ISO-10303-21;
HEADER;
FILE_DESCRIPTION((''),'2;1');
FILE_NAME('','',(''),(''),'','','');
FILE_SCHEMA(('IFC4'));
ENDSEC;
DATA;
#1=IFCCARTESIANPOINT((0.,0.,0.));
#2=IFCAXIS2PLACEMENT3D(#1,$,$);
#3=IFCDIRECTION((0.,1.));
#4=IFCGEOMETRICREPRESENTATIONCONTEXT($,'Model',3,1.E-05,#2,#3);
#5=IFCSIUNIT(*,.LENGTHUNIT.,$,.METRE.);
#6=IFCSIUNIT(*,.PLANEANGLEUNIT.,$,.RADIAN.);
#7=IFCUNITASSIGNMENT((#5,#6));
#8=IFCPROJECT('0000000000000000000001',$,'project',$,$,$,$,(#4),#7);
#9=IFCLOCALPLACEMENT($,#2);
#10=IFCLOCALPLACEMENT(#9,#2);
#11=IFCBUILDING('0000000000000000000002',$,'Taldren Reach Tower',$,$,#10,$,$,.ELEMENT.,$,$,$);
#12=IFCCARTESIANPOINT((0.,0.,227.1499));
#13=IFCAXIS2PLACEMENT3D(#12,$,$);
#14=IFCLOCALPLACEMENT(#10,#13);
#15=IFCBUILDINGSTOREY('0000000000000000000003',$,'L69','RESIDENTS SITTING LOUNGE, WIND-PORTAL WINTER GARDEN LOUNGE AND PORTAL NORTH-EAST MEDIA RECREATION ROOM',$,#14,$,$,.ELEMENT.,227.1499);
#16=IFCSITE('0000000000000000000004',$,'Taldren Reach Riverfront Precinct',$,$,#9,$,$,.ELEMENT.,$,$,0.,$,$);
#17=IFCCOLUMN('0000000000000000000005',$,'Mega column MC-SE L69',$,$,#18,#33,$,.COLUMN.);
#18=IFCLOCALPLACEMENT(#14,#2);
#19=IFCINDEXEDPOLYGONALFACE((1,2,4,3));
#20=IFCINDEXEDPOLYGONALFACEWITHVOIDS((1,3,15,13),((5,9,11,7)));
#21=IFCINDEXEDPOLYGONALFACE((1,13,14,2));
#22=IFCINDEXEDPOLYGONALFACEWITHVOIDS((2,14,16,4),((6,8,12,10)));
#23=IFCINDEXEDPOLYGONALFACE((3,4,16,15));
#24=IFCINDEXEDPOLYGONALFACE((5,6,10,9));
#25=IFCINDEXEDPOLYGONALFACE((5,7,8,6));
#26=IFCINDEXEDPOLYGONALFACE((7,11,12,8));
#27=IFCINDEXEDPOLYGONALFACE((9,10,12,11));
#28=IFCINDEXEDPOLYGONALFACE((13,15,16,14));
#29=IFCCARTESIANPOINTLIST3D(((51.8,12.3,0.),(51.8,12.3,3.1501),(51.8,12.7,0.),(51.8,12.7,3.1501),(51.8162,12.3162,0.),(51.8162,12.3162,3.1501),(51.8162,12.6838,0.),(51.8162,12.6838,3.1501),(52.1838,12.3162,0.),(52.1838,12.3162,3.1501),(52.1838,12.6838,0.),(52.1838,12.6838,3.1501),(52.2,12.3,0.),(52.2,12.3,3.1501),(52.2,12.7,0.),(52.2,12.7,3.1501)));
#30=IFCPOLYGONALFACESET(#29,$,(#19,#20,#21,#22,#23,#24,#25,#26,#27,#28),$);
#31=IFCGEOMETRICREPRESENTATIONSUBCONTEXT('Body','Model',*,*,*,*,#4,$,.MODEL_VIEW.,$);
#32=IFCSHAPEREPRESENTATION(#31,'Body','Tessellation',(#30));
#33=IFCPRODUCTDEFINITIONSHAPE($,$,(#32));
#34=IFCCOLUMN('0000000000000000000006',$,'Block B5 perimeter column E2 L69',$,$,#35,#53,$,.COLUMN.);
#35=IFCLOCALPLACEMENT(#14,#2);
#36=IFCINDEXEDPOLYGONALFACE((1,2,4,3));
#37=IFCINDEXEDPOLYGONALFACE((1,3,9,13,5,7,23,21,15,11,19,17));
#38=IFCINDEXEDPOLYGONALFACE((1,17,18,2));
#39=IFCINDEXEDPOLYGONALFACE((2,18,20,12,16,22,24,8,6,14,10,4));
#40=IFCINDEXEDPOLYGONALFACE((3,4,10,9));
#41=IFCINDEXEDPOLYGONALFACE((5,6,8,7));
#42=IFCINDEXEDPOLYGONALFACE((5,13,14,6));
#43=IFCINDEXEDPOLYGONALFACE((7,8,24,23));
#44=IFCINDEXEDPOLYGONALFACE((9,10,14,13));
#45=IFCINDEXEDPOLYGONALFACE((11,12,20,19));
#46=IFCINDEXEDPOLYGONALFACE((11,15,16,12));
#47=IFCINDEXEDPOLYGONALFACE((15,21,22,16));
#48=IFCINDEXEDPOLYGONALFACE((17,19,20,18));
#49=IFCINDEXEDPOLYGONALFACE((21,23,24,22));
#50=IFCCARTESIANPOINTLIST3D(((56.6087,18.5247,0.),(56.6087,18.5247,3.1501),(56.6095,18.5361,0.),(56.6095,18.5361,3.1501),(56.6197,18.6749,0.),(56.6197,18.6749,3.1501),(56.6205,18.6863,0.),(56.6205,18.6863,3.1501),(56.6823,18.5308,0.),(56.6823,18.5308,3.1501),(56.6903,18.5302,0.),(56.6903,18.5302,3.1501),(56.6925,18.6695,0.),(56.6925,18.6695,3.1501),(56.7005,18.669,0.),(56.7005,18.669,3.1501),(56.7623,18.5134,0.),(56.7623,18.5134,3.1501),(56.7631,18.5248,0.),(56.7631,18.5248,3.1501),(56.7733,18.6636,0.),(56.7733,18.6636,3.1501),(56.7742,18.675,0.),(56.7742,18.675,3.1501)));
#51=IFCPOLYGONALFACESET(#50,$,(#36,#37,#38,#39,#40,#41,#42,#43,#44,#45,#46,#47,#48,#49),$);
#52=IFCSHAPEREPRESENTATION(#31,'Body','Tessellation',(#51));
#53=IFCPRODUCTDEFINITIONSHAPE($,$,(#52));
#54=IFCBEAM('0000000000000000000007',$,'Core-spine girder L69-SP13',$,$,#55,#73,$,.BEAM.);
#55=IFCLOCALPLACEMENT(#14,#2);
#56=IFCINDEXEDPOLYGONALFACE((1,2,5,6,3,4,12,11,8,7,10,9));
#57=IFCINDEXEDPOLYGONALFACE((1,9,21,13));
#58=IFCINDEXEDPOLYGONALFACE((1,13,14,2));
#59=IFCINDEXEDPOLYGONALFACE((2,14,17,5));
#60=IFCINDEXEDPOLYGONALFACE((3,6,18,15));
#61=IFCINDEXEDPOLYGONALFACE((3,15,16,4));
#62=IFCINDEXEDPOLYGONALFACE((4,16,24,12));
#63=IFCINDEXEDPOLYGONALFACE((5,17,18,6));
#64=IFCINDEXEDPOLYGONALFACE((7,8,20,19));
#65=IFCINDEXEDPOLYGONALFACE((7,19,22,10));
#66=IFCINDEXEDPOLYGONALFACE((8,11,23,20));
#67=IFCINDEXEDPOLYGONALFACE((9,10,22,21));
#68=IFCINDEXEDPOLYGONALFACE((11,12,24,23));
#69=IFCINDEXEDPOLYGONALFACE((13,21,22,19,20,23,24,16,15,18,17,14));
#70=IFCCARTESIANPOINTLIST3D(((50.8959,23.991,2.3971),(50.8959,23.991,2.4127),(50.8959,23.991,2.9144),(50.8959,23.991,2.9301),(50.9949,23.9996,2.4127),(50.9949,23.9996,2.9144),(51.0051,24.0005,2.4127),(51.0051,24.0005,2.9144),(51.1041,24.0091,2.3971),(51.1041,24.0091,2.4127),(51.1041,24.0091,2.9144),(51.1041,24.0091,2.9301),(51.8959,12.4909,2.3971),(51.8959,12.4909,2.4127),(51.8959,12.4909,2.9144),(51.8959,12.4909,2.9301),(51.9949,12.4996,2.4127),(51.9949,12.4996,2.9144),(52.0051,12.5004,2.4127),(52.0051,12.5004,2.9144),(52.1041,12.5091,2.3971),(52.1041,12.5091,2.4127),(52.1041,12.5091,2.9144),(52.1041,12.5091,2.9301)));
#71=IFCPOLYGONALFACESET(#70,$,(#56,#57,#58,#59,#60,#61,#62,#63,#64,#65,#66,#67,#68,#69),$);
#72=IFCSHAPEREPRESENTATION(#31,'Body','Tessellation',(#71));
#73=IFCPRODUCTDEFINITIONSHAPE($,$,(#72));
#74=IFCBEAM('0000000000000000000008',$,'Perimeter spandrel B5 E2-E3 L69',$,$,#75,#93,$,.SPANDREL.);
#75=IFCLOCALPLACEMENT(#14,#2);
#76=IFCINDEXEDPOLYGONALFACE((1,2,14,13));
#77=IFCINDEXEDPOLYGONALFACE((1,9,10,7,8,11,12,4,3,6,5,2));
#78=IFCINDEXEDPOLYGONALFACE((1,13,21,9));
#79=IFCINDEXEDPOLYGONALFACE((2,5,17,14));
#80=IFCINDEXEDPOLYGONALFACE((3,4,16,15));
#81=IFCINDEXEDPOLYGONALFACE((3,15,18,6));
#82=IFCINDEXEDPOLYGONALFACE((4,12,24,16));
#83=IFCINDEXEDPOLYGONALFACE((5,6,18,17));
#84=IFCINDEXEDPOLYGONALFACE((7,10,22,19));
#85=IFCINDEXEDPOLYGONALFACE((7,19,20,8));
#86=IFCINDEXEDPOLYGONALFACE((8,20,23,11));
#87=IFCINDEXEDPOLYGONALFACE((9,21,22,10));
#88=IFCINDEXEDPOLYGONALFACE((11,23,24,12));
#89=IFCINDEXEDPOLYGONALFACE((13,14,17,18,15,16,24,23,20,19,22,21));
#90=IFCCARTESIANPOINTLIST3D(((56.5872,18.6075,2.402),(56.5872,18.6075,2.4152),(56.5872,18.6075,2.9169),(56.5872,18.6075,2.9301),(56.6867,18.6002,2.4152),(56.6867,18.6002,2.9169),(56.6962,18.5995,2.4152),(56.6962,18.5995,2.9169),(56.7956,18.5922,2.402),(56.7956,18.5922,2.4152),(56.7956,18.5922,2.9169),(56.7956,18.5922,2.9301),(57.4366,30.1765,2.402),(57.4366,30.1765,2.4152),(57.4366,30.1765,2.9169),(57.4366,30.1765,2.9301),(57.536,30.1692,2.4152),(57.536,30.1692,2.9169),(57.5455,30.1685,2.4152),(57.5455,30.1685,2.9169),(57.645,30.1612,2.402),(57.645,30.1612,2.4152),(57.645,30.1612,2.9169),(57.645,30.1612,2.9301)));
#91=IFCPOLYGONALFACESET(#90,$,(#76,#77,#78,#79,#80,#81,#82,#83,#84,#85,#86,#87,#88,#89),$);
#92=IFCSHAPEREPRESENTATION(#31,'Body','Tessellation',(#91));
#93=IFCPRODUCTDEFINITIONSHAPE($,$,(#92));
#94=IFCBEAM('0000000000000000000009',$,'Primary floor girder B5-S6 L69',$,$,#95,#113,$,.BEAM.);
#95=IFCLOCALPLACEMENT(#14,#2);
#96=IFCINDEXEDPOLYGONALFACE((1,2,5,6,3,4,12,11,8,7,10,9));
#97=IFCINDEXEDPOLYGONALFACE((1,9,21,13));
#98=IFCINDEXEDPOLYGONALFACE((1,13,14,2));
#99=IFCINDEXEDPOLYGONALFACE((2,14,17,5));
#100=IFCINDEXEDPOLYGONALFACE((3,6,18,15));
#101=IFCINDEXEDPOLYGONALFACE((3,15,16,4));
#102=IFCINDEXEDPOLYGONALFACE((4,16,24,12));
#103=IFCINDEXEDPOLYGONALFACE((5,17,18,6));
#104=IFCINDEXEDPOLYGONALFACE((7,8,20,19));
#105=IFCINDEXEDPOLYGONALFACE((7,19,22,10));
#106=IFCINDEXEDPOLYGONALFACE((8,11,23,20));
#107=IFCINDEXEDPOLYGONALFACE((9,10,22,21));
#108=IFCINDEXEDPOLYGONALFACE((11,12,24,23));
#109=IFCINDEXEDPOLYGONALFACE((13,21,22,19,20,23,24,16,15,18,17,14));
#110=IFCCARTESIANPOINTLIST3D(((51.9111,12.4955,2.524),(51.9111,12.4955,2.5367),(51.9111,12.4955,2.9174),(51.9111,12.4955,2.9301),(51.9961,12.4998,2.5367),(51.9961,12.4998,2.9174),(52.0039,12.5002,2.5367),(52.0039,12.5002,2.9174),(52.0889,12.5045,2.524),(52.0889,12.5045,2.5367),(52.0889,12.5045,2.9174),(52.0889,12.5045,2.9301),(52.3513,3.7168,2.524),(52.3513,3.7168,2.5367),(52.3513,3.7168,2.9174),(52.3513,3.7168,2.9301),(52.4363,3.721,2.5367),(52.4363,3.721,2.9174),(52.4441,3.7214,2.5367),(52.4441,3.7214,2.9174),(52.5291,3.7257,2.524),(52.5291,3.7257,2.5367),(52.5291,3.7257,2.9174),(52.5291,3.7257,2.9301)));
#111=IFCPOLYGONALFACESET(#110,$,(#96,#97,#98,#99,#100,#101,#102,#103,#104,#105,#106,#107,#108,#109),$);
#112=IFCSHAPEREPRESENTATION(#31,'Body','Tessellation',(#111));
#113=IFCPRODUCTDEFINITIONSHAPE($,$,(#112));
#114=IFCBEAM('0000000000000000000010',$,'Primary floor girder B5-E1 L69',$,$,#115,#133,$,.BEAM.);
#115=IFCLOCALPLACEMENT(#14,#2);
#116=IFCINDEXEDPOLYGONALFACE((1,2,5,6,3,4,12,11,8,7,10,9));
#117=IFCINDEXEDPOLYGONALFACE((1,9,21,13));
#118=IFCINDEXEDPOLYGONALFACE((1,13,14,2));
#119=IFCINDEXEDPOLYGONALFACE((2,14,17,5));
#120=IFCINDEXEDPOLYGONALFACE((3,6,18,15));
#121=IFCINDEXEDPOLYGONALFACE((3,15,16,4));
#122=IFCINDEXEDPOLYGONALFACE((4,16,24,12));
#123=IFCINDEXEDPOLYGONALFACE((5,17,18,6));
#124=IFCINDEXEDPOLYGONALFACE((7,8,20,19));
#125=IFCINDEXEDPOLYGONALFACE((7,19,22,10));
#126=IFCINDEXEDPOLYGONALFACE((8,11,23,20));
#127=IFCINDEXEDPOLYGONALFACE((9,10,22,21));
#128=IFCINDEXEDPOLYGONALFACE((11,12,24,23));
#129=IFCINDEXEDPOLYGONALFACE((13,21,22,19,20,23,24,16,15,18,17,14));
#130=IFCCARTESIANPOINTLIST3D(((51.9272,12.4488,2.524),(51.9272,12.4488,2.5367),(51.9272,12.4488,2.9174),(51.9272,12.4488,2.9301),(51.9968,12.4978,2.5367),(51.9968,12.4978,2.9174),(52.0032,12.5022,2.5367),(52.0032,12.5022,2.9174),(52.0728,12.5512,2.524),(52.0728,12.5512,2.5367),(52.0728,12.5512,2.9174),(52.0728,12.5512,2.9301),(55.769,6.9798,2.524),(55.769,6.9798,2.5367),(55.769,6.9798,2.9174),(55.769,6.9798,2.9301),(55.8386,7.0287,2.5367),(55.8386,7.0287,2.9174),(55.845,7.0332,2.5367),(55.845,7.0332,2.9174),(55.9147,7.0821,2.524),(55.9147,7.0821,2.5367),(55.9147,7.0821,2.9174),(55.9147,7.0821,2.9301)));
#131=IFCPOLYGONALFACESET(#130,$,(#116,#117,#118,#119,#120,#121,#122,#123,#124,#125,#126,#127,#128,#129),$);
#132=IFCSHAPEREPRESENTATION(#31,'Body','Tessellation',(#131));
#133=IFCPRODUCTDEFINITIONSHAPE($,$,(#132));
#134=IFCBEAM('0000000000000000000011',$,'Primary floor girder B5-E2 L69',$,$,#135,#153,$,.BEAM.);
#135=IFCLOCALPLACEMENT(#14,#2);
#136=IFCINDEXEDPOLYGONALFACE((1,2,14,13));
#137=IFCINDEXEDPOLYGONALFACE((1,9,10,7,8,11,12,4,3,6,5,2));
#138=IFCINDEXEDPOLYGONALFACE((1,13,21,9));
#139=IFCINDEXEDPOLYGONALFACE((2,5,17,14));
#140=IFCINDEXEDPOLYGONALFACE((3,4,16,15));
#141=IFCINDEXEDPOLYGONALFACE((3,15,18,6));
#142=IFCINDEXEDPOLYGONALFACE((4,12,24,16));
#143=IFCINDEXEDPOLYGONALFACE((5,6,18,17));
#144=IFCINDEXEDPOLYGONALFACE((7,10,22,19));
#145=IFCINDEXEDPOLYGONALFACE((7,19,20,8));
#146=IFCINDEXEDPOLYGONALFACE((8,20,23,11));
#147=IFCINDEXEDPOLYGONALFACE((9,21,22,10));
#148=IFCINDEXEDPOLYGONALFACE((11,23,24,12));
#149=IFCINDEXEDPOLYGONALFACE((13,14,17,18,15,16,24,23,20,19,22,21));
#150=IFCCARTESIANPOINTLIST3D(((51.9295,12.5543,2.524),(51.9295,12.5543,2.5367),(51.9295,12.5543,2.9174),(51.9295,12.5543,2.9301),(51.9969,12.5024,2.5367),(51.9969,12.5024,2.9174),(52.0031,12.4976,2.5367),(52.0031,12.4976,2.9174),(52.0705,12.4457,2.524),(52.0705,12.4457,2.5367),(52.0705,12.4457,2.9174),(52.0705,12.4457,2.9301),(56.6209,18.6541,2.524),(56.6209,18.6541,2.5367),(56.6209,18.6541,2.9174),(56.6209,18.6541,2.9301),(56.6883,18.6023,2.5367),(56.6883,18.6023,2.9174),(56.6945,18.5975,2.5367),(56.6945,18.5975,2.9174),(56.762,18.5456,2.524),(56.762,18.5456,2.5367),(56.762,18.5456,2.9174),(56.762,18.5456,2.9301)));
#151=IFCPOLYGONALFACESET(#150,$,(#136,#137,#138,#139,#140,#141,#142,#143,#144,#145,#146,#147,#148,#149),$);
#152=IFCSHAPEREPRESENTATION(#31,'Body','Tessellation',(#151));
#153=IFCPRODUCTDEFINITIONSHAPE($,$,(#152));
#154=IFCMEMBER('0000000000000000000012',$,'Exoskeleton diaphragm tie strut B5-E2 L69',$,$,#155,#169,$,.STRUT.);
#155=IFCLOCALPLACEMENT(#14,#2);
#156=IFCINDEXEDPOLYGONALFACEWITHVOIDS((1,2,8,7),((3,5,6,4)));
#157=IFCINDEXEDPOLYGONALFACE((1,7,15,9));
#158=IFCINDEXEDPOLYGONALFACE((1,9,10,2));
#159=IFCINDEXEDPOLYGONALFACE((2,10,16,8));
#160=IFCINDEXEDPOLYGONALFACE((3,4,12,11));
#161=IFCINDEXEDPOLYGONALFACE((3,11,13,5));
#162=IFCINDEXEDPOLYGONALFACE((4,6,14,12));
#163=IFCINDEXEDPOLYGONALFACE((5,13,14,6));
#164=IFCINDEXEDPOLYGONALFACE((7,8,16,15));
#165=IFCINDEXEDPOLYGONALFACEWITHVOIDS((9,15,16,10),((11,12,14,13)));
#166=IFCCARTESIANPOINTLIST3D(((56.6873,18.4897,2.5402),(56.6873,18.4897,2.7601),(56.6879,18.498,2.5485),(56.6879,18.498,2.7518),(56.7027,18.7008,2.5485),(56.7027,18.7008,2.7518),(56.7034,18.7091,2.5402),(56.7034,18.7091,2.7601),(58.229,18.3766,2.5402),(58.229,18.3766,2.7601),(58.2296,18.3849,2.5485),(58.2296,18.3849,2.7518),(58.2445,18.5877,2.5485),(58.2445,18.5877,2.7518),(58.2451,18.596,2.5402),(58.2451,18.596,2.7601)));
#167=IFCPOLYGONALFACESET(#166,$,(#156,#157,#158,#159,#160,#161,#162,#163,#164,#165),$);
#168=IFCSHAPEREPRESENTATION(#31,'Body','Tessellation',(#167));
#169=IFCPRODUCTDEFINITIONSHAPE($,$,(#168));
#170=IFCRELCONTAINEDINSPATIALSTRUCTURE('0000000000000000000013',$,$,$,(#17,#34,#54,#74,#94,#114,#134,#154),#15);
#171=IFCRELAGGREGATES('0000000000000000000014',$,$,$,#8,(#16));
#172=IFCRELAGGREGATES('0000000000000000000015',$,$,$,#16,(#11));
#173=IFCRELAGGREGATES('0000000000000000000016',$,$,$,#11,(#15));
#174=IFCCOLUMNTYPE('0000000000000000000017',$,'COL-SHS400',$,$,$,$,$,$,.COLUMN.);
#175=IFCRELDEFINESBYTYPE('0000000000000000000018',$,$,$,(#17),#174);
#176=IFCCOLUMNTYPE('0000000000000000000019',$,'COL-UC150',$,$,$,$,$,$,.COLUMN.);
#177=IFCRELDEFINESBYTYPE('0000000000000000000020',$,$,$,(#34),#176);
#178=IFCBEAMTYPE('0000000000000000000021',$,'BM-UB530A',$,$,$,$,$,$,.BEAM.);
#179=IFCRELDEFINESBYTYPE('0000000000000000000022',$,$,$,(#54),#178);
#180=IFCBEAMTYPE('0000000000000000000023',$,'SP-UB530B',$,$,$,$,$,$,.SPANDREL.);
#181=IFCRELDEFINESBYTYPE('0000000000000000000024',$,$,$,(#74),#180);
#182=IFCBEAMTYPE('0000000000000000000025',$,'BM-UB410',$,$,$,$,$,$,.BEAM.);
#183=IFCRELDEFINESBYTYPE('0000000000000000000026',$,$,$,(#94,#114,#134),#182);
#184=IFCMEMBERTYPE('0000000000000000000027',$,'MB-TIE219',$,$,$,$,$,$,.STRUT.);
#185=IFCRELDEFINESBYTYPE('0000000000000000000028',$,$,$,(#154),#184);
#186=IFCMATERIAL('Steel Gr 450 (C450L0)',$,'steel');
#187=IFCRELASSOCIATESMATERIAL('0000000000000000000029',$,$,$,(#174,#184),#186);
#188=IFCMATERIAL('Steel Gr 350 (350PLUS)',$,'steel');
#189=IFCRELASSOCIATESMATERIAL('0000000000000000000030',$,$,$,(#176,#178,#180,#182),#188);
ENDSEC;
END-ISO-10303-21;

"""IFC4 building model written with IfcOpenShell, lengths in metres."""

from ifc_helpers import new_model, si_unit, direction, frame, origin, origin_2d, place, context, subcontext, project, spatial, hollow_rectangle, i_section, extrude, source, transform, mapped, material, material_profile, profile_set, type_object, element, save


model = new_model("IFC4")

# Units and contexts
model_context = context("Model", 3, precision=1e-05, world=origin(), true_north=direction((0.0, 1.0)))
body_context = subcontext(model_context, "Body", "Model", "MODEL_VIEW")
ifc_project = project(units=[si_unit("LENGTHUNIT", "METRE"), si_unit("PLANEANGLEUNIT", "RADIAN")], contexts=[model_context])

# Site, building, storey
site_placement = place(None, origin())
site = spatial("IfcSite", under=ifc_project, at=site_placement, Name="Taldren Reach Riverfront Precinct", CompositionType="ELEMENT", RefElevation=0.0)
building_placement = place(site_placement, origin())
building = spatial("IfcBuilding", under=site, at=building_placement, Name="Taldren Reach Tower", CompositionType="ELEMENT")
storey_placement = place(building_placement, frame((0.0, 0.0, 227.1499)))
storey = spatial("IfcBuildingStorey", under=building, at=storey_placement, Name="L69", Description="RESIDENTS SITTING LOUNGE, WIND-PORTAL WINTER GARDEN LOUNGE AND PORTAL NORTH-EAST MEDIA RECREATION ROOM", CompositionType="ELEMENT", Elevation=227.1499)

# Columns
ifc_material_1 = material(Name="Steel Gr 450 (C450L0)", Category="steel")
ifc_material_profile_1 = material_profile(ifc_material_1, hollow_rectangle(XDim=0.3999, YDim=0.3999, WallThickness=0.0161, at=origin_2d()), Name="400x400x16.0SHS")
ifc_profile_set_1 = profile_set([ifc_material_profile_1], Name="Steel Gr 450 (C450L0)")
column_type_1 = type_object("IfcColumnType", Name="COL-SHS400", PredefinedType="COLUMN", material=ifc_profile_set_1)
shared_shape_1 = source(origin(), body_context, "Body", "SweptSolid", [
    extrude(hollow_rectangle(XDim=0.3999, YDim=0.3999, WallThickness=0.0161, at=origin_2d()), origin(), (0.0, 0.0, 1.0), 3.1501),
])
column_1_placement = place(storey_placement, frame((52.0, 12.5, 0.0), z_axis=(0.0, 0.0, 1.0), x_axis=(1.0, 0.0, 0.0)))
element("IfcColumn", 1, at=column_1_placement, inside=storey, type_object=column_type_1, Name="Mega column MC-SE L69", PredefinedType="COLUMN", context=body_context, shape_type="MappedRepresentation", body=[
    mapped(shared_shape_1, transform((0.0, 0.0, 0.0), scale=1.0)),
])
ifc_material_2 = material(Name="Steel Gr 350 (350PLUS)", Category="steel")
ifc_material_profile_2 = material_profile(ifc_material_2, i_section(OverallWidth=0.1541, OverallDepth=0.1621, WebThickness=0.0081, FlangeThickness=0.0115, at=origin_2d()), Name="150UC37.2")
ifc_profile_set_2 = profile_set([ifc_material_profile_2], Name="Steel Gr 350 (350PLUS)")
column_type_2 = type_object("IfcColumnType", Name="COL-UC150", PredefinedType="COLUMN", material=ifc_profile_set_2)
shared_shape_2 = source(origin(), body_context, "Body", "SweptSolid", [
    extrude(i_section(OverallWidth=0.1541, OverallDepth=0.1621, WebThickness=0.0081, FlangeThickness=0.0115, at=origin_2d()), origin(), (0.0, 0.0, 1.0), 3.1501),
])
column_2_placement = place(storey_placement, frame((56.6914, 18.5999, 0.0), z_axis=(0.0, 0.0, 1.0), x_axis=(0.997314, -0.073238, 0.0)))
element("IfcColumn", 2, at=column_2_placement, inside=storey, type_object=column_type_2, Name="Block B5 perimeter column E2 L69", PredefinedType="COLUMN", context=body_context, shape_type="MappedRepresentation", body=[
    mapped(shared_shape_2, transform((0.0, 0.0, 0.0), scale=1.0)),
])

# Beams
ifc_material_profile_3 = material_profile(ifc_material_2, i_section(OverallWidth=0.209, OverallDepth=0.533, WebThickness=0.0103, FlangeThickness=0.0156, at=origin_2d()), Name="530UB92.4")
ifc_profile_set_3 = profile_set([ifc_material_profile_3], Name="Steel Gr 350 (350PLUS)")
beam_type_1 = type_object("IfcBeamType", Name="BM-UB530A", PredefinedType="BEAM", material=ifc_profile_set_3)
shared_shape_3 = source(origin(), body_context, "Body", "SweptSolid", [
    extrude(i_section(OverallWidth=0.209, OverallDepth=0.533, WebThickness=0.0103, FlangeThickness=0.0156, at=origin_2d()), origin(), (0.0, 0.0, 1.0), 11.5435),
])
beam_1_placement = place(storey_placement, frame((52.0, 12.5, 2.6636), z_axis=(-0.08663, 0.996241, 0.0), x_axis=(-0.996241, -0.08663, 0.0)))
element("IfcBeam", 3, at=beam_1_placement, inside=storey, type_object=beam_type_1, Name="Core-spine girder L69-SP13", PredefinedType="BEAM", context=body_context, shape_type="MappedRepresentation", body=[
    mapped(shared_shape_3, transform((0.0, 0.0, 0.0), scale=1.0)),
])
ifc_material_profile_4 = material_profile(ifc_material_2, i_section(OverallWidth=0.209, OverallDepth=0.5281, WebThickness=0.0095, FlangeThickness=0.0132, at=origin_2d()), Name="530UB82.0")
ifc_profile_set_4 = profile_set([ifc_material_profile_4], Name="Steel Gr 350 (350PLUS)")
beam_type_2 = type_object("IfcBeamType", Name="SP-UB530B", PredefinedType="SPANDREL", material=ifc_profile_set_4)
shared_shape_4 = source(origin(), body_context, "Body", "SweptSolid", [
    extrude(i_section(OverallWidth=0.209, OverallDepth=0.5281, WebThickness=0.0095, FlangeThickness=0.0132, at=origin_2d()), origin(), (0.0, 0.0, 1.0), 11.6001),
])
beam_2_placement = place(storey_placement, frame((56.6914, 18.5999, 2.666), z_axis=(0.073221, 0.997316, 0.0), x_axis=(-0.997316, 0.073221, 0.0)))
element("IfcBeam", 4, at=beam_2_placement, inside=storey, type_object=beam_type_2, Name="Perimeter spandrel B5 E2-E3 L69", PredefinedType="SPANDREL", context=body_context, shape_type="MappedRepresentation", body=[
    mapped(shared_shape_4, transform((0.0, 0.0, 0.0), scale=1.0)),
])
ifc_material_profile_5 = material_profile(ifc_material_2, i_section(OverallWidth=0.178, OverallDepth=0.406, WebThickness=0.0078, FlangeThickness=0.0127, at=origin_2d()), Name="410UB59.7")
ifc_profile_set_5 = profile_set([ifc_material_profile_5], Name="Steel Gr 350 (350PLUS)")
beam_type_3 = type_object("IfcBeamType", Name="BM-UB410", PredefinedType="BEAM", material=ifc_profile_set_5)
shared_shape_5 = source(origin(), body_context, "Body", "SweptSolid", [
    extrude(i_section(OverallWidth=0.178, OverallDepth=0.406, WebThickness=0.0078, FlangeThickness=0.0127, at=origin_2d()), origin(), (0.0, 0.0, 1.0), 8.7898),
])
beam_3_placement = place(storey_placement, frame((52.0, 12.5, 2.7271), z_axis=(0.050079, -0.998745, 0.0), x_axis=(0.998745, 0.050079, 0.0)))
element("IfcBeam", 5, at=beam_3_placement, inside=storey, type_object=beam_type_3, Name="Primary floor girder B5-S6 L69", PredefinedType="BEAM", context=body_context, shape_type="MappedRepresentation", body=[
    mapped(shared_shape_5, transform((0.0, 0.0, 0.0), scale=1.0)),
])
shared_shape_6 = source(origin(), body_context, "Body", "SweptSolid", [
    extrude(i_section(OverallWidth=0.178, OverallDepth=0.406, WebThickness=0.0078, FlangeThickness=0.0127, at=origin_2d()), origin(), (0.0, 0.0, 1.0), 6.6836),
])
beam_4_placement = place(storey_placement, frame((52.0, 12.5, 2.7271), z_axis=(0.574817, -0.818282, 0.0), x_axis=(0.818282, 0.574817, 0.0)))
element("IfcBeam", 6, at=beam_4_placement, inside=storey, type_object=beam_type_3, Name="Primary floor girder B5-E1 L69", PredefinedType="BEAM", context=body_context, shape_type="MappedRepresentation", body=[
    mapped(shared_shape_6, transform((0.0, 0.0, 0.0), scale=1.0)),
])
shared_shape_7 = source(origin(), body_context, "Body", "SweptSolid", [
    extrude(i_section(OverallWidth=0.178, OverallDepth=0.406, WebThickness=0.0078, FlangeThickness=0.0127, at=origin_2d()), origin(), (0.0, 0.0, 1.0), 7.6953),
])
beam_5_placement = place(storey_placement, frame((52.0, 12.5, 2.7271), z_axis=(0.609646, 0.792674, 0.0), x_axis=(-0.792674, 0.609646, 0.0)))
element("IfcBeam", 7, at=beam_5_placement, inside=storey, type_object=beam_type_3, Name="Primary floor girder B5-E2 L69", PredefinedType="BEAM", context=body_context, shape_type="MappedRepresentation", body=[
    mapped(shared_shape_7, transform((0.0, 0.0, 0.0), scale=1.0)),
])

# Member
ifc_material_profile_6 = material_profile(ifc_material_1, hollow_rectangle(XDim=0.22, YDim=0.22, WallThickness=0.0083, at=origin_2d()), Name="220x220x8.2SHS")
ifc_profile_set_6 = profile_set([ifc_material_profile_6], Name="Steel Gr 450 (C450L0)")
member_type_1 = type_object("IfcMemberType", Name="MB-TIE219", PredefinedType="STRUT", material=ifc_profile_set_6)
shared_shape_8 = source(origin(), body_context, "Body", "SweptSolid", [
    extrude(hollow_rectangle(XDim=0.22, YDim=0.22, WallThickness=0.0083, at=origin_2d()), origin(), (0.0, 0.0, 1.0), 1.5459),
])
member_1_placement = place(storey_placement, frame((56.6953, 18.5994, 2.6501), z_axis=(0.997323, -0.073121, 0.0), x_axis=(0.073121, 0.997323, 0.0)))
element("IfcMember", 8, at=member_1_placement, inside=storey, type_object=member_type_1, Name="Exoskeleton diaphragm tie strut B5-E2 L69", PredefinedType="STRUT", context=body_context, shape_type="MappedRepresentation", body=[
    mapped(shared_shape_8, transform((0.0, 0.0, 0.0), scale=1.0)),
])

save(model, "model.ifc")
